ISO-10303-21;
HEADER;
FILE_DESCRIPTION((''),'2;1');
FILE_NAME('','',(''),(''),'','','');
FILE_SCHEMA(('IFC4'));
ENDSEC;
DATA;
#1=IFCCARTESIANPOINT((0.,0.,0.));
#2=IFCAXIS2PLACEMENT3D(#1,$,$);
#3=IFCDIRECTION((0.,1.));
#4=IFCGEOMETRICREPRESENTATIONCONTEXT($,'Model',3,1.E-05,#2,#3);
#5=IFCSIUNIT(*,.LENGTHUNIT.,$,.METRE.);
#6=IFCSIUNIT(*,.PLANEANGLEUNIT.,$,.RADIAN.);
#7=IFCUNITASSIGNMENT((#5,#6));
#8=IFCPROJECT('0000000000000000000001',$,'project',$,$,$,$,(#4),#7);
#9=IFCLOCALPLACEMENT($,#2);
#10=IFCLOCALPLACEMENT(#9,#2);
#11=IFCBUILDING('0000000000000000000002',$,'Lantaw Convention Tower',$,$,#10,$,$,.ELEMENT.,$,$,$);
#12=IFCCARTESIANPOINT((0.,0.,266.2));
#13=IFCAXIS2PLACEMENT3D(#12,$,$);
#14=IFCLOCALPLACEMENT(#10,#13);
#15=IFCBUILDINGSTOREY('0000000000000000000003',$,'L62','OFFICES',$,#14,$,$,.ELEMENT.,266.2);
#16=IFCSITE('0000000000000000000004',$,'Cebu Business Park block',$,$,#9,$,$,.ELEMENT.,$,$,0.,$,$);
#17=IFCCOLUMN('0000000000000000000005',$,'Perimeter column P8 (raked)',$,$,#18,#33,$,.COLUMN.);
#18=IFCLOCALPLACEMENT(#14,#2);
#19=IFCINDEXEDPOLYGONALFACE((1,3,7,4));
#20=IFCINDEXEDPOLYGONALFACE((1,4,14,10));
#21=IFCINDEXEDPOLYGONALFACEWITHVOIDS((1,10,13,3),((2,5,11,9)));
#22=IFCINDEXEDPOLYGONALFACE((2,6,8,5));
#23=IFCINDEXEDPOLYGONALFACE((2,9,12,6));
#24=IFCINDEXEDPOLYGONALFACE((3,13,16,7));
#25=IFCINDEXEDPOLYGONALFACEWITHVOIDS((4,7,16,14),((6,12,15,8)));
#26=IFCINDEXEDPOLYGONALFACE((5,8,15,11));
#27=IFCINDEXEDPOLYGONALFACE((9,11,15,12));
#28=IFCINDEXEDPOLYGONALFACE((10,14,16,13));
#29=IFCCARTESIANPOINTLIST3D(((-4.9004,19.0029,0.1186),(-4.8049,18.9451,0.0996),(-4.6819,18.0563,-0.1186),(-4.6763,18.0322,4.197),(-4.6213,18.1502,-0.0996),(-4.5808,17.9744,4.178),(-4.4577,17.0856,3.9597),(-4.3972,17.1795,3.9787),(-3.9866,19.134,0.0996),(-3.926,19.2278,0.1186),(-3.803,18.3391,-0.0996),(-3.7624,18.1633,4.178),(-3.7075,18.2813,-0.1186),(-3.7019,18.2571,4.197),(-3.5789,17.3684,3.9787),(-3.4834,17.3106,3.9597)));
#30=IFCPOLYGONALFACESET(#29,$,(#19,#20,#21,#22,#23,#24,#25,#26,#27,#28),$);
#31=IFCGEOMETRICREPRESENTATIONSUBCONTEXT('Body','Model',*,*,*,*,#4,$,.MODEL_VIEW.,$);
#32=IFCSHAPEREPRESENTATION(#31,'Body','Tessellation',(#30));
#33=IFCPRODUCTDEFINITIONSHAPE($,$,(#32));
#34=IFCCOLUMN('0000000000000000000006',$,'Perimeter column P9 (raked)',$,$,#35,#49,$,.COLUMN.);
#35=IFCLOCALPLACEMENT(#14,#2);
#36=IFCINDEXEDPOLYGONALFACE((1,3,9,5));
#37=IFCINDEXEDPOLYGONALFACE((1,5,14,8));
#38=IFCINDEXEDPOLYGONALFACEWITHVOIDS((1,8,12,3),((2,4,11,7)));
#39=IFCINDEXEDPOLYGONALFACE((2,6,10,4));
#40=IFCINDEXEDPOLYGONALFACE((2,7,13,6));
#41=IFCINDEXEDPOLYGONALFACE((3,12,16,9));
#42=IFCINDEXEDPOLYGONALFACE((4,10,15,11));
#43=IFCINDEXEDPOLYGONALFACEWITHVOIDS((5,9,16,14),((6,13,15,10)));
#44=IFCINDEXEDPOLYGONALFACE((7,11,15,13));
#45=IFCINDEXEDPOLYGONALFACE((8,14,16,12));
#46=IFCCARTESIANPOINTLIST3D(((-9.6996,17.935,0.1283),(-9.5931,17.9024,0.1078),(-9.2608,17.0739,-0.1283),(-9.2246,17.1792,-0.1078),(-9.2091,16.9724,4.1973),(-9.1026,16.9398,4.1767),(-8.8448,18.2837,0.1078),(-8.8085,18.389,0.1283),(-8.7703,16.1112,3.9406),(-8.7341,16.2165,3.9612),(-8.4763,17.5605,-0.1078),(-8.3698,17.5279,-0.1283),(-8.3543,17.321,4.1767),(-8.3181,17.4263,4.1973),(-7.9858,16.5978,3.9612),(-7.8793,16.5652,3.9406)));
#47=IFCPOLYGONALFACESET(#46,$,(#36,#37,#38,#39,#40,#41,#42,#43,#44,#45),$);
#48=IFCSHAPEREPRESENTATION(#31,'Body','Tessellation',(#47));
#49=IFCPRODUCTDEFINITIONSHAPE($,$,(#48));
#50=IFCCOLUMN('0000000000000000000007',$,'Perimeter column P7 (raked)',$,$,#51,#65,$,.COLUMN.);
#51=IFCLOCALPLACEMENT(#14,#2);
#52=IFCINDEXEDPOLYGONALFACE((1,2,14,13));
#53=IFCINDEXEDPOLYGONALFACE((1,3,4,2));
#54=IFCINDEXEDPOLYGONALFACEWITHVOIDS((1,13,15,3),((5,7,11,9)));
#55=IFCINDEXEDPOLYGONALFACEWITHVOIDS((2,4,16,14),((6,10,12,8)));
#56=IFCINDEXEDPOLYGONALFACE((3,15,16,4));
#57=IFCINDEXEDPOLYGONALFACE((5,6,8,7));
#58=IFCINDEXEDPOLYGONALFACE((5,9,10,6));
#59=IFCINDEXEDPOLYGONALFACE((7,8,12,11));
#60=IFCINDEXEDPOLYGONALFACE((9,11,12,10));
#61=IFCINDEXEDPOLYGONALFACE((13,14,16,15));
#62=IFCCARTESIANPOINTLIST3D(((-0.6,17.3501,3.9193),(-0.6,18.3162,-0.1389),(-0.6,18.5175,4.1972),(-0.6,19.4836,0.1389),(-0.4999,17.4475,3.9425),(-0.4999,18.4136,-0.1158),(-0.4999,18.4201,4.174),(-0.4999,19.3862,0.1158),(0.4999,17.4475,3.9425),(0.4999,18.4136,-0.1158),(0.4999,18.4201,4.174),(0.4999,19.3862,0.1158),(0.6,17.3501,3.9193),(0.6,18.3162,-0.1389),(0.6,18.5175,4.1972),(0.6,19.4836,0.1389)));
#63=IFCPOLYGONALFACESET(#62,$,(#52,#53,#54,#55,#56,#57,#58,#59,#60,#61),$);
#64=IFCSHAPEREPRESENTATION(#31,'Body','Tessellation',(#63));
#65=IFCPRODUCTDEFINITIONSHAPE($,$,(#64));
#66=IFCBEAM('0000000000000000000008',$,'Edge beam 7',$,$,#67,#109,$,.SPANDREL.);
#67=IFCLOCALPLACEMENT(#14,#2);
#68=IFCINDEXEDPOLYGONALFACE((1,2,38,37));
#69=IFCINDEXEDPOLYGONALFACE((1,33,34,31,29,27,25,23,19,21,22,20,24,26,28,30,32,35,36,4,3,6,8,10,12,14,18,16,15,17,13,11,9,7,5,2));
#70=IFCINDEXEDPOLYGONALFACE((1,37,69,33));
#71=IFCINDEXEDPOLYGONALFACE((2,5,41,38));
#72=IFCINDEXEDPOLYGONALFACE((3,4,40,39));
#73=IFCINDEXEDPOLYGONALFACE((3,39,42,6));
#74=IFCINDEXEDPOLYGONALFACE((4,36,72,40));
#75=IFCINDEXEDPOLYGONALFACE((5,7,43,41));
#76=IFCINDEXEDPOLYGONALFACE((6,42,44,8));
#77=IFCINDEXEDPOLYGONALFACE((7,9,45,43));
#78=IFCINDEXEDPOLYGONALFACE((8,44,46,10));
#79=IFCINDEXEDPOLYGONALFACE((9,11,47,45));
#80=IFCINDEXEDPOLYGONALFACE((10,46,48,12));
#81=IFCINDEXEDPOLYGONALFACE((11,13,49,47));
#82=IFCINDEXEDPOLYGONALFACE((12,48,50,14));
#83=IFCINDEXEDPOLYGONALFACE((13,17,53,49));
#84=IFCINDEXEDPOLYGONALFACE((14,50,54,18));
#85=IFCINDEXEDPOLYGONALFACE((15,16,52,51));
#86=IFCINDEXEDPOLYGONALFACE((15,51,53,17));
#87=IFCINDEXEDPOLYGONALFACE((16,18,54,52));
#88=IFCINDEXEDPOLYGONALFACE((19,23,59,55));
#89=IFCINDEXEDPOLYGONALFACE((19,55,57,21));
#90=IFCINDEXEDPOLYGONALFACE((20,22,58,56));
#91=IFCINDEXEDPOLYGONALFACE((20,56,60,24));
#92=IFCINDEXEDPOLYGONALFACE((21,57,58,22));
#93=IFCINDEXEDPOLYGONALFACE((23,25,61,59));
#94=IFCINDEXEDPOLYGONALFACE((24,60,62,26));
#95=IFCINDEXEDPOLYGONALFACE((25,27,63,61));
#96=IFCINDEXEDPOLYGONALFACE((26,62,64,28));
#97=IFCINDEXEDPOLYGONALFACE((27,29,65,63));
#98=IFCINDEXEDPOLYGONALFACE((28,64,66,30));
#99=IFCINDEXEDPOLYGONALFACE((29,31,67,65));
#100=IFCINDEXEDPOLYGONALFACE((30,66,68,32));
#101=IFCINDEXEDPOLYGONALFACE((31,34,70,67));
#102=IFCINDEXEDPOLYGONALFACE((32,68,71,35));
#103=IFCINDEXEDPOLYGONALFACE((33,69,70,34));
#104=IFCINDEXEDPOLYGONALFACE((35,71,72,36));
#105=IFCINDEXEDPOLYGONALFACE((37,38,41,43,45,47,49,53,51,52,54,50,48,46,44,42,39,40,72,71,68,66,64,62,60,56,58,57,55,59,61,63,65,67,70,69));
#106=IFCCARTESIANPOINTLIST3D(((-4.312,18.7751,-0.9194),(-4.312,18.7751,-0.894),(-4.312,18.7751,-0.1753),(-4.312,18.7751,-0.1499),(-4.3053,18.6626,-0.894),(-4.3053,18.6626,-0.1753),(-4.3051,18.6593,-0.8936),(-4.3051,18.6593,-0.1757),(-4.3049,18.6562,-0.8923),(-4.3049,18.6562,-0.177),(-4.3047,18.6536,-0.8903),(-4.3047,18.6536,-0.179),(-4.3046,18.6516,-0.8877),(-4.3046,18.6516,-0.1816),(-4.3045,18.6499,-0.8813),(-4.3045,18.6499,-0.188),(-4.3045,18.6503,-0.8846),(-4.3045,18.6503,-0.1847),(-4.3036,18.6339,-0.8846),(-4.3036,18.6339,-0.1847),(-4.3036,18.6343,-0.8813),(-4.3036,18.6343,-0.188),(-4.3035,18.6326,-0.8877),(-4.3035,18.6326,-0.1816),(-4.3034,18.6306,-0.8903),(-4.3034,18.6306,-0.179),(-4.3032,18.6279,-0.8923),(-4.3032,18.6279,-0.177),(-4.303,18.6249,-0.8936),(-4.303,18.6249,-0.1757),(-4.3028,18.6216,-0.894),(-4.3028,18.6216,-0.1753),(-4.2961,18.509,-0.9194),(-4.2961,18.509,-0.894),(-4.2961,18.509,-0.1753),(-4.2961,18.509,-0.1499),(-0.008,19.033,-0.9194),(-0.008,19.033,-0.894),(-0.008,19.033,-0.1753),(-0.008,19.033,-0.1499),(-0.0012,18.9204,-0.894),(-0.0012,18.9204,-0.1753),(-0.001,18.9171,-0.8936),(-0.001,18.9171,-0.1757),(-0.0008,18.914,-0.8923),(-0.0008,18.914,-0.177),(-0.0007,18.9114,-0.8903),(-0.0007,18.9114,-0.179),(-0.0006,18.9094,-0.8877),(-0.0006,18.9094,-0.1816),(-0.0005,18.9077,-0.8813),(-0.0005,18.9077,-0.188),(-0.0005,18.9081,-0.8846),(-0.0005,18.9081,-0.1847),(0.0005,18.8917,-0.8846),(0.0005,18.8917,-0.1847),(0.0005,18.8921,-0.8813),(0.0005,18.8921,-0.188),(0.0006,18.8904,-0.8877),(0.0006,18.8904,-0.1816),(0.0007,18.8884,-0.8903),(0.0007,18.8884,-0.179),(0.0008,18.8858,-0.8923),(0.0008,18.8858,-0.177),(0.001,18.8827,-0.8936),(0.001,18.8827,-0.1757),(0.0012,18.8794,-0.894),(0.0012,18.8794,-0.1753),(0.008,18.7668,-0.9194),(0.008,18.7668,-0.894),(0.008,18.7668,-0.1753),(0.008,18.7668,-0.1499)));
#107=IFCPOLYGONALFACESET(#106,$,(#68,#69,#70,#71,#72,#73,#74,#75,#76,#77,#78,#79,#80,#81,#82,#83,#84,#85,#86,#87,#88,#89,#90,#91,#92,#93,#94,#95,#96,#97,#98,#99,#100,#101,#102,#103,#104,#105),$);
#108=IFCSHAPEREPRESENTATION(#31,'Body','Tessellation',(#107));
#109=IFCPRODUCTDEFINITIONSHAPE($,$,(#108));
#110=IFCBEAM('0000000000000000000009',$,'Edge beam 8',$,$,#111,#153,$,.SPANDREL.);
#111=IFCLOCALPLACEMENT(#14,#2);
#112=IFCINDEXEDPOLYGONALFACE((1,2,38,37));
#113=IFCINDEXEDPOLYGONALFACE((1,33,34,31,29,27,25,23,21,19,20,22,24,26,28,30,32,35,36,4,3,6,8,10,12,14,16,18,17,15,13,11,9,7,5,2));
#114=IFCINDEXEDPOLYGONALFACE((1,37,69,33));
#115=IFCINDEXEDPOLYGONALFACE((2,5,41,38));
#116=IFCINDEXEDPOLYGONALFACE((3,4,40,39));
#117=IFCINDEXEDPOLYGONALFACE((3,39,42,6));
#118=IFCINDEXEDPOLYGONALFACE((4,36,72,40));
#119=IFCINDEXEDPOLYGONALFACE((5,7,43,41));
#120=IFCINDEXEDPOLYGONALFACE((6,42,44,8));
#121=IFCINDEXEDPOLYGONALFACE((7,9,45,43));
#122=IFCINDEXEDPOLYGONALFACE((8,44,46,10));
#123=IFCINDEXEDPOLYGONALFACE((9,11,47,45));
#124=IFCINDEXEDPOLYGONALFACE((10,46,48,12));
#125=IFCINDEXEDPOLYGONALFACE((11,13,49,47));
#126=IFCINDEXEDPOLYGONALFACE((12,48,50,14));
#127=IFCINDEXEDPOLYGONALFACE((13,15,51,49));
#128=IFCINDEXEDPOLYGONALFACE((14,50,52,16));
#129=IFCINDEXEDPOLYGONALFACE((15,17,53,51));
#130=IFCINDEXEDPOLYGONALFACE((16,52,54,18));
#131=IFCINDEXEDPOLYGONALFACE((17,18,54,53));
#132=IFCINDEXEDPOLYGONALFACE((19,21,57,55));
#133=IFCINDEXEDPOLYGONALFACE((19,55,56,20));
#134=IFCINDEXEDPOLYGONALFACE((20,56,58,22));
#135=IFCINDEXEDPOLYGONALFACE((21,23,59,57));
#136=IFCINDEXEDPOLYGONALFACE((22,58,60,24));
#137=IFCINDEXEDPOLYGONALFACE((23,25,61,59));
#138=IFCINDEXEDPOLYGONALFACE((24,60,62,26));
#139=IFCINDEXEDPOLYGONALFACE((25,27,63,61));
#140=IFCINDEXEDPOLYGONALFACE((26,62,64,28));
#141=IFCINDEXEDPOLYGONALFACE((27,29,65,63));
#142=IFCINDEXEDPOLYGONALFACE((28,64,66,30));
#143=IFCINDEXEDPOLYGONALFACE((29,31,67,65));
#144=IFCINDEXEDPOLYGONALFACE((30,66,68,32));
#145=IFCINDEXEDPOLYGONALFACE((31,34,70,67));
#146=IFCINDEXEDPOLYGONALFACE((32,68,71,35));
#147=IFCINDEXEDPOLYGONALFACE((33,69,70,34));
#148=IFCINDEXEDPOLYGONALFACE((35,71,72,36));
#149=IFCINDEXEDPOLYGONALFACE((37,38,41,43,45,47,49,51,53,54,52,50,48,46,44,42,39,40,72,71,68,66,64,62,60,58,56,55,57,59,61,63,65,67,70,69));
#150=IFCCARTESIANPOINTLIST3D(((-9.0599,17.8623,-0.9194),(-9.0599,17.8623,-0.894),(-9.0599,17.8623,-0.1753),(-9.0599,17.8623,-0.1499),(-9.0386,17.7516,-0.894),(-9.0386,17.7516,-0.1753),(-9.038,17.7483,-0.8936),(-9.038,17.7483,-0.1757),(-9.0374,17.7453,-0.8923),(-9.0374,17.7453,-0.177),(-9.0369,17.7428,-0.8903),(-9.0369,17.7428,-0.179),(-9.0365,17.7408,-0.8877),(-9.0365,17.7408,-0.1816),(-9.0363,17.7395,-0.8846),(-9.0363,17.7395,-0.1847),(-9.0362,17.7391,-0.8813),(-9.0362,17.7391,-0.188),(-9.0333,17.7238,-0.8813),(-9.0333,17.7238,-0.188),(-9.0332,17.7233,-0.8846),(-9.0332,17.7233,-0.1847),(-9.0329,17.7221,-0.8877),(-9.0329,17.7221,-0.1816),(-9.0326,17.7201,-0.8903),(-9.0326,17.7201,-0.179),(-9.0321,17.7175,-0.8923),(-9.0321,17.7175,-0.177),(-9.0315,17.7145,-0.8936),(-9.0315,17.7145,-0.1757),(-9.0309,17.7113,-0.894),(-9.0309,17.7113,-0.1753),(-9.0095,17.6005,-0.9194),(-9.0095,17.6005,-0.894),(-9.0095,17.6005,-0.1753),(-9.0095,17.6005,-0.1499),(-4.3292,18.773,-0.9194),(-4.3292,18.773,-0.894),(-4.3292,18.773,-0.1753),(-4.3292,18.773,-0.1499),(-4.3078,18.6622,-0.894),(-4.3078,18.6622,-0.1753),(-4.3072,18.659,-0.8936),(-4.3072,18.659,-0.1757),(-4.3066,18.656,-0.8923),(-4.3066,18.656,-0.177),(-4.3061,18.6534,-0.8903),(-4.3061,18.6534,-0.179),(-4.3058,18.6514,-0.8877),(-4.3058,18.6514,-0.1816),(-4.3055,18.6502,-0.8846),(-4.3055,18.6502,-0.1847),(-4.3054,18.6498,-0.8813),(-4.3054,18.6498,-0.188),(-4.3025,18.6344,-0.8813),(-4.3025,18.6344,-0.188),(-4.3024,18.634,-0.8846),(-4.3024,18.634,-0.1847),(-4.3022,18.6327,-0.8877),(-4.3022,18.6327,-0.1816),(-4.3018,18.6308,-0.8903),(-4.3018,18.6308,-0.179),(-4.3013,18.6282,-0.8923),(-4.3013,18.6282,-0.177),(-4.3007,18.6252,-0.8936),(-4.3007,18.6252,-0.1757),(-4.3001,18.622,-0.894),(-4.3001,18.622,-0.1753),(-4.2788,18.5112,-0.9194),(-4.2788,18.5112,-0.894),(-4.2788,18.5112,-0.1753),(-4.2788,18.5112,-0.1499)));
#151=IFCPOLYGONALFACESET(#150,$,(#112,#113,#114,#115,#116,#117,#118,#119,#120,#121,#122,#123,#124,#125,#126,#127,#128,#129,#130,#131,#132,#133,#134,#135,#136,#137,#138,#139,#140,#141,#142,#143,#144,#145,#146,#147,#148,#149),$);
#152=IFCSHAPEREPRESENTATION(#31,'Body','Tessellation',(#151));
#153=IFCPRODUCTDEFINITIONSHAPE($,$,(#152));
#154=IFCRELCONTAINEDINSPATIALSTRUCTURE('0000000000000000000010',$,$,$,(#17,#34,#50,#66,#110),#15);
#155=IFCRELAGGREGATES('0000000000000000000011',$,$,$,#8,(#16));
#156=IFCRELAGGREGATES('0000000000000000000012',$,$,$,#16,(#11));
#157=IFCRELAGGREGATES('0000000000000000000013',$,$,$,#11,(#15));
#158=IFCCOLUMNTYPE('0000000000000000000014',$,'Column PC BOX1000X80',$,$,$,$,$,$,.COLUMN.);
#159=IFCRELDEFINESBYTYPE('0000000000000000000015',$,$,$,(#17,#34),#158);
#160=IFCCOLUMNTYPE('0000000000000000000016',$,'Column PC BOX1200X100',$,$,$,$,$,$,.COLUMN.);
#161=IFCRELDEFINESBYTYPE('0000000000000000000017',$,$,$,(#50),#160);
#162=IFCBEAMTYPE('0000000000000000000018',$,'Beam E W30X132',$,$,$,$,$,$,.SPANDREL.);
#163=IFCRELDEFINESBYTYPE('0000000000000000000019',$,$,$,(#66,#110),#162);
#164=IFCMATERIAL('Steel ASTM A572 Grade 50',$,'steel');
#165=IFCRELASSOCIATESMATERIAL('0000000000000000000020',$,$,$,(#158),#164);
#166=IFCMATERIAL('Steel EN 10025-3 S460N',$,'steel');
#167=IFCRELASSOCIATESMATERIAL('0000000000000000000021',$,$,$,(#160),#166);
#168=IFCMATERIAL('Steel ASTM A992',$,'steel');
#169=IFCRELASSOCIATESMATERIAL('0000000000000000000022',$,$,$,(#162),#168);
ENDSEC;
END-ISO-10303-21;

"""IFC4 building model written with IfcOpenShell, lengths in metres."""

from ifc_helpers import new_model, si_unit, direction, frame, origin, origin_2d, place, context, subcontext, project, spatial, rectangle, hollow_rectangle, i_section, extrude, material, material_profile, profile_set, type_object, element, save


model = new_model("IFC4")

# Units and contexts
model_context = context("Model", 3, precision=1e-05, world=origin(), true_north=direction((0.0, 1.0)))
body_context = subcontext(model_context, "Body", "Model", "MODEL_VIEW")
ifc_project = project(units=[si_unit("LENGTHUNIT", "METRE"), si_unit("PLANEANGLEUNIT", "RADIAN")], contexts=[model_context])

# Site, building, storey
site_placement = place(None, origin())
site = spatial("IfcSite", under=ifc_project, at=site_placement, Name="Cebu Business Park block", CompositionType="ELEMENT", RefElevation=0.0)
building_placement = place(site_placement, origin())
building = spatial("IfcBuilding", under=site, at=building_placement, Name="Lantaw Convention Tower", CompositionType="ELEMENT")
storey_placement = place(building_placement, frame((0.0, 0.0, 266.2)))
storey = spatial("IfcBuildingStorey", under=building, at=storey_placement, Name="L62", Description="OFFICES", CompositionType="ELEMENT", Elevation=266.2)

# Columns
ifc_material_1 = material(Name="Steel ASTM A572 Grade 50", Category="steel")
ifc_material_profile_1 = material_profile(ifc_material_1, hollow_rectangle(XDim=1.0, YDim=1.0, WallThickness=0.0801, at=origin_2d()), Name="BOX1000X80")
ifc_material_2 = material(Name="Concrete C60/75", Category="concrete")
ifc_material_profile_2 = material_profile(ifc_material_2, rectangle(XDim=0.8401, YDim=0.8401, at=origin_2d()), Name="Concrete fill of BOX1000X80")
ifc_profile_set_1 = profile_set([ifc_material_profile_1, ifc_material_profile_2], Name="Steel ASTM A572 Grade 50")
column_type_1 = type_object("IfcColumnType", Name="Column PC BOX1000X80", PredefinedType="COLUMN", material=ifc_profile_set_1)
column_1_placement = place(storey_placement, frame((-4.304, 18.6421, 0.0), z_axis=(0.053384, -0.231214, 0.971437), x_axis=(0.974366, 0.224967, 0.0)))
element("IfcColumn", 1, at=column_1_placement, inside=storey, type_object=column_type_1, Name="Perimeter column P8 (raked)", PredefinedType="COLUMN", context=body_context, shape_type="SweptSolid", body=[
    extrude(hollow_rectangle(XDim=1.0, YDim=1.0, WallThickness=0.0801, at=origin_2d()), origin(), (0.0, 0.0, 1.0), 4.1982),
])
column_2_placement = place(storey_placement, frame((-9.0347, 17.7314, 0.0), z_axis=(0.116508, -0.228666, 0.966508), x_axis=(0.891012, 0.45398, 0.0)))
element("IfcColumn", 2, at=column_2_placement, inside=storey, type_object=column_type_1, Name="Perimeter column P9 (raked)", PredefinedType="COLUMN", context=body_context, shape_type="SweptSolid", body=[
    extrude(hollow_rectangle(XDim=1.0, YDim=1.0, WallThickness=0.0801, at=origin_2d()), origin(), (0.0, 0.0, 1.0), 4.21),
])
ifc_material_3 = material(Name="Steel EN 10025-3 S460N", Category="steel")
ifc_material_profile_3 = material_profile(ifc_material_3, hollow_rectangle(XDim=1.2, YDim=1.2, WallThickness=0.1001, at=origin_2d()), Name="BOX1200X100")
ifc_material_profile_4 = material_profile(ifc_material_2, rectangle(XDim=1.0, YDim=1.0, at=origin_2d()), Name="Concrete fill of BOX1200X100")
ifc_profile_set_2 = profile_set([ifc_material_profile_3, ifc_material_profile_4], Name="Steel EN 10025-3 S460N")
column_type_2 = type_object("IfcColumnType", Name="Column PC BOX1200X100", PredefinedType="COLUMN", material=ifc_profile_set_2)
column_3_placement = place(storey_placement, frame((0.0, 18.8999, 0.0), z_axis=(0.0, -0.231586, 0.972814), x_axis=(1.0, 0.0, 0.0)))
element("IfcColumn", 3, at=column_3_placement, inside=storey, type_object=column_type_2, Name="Perimeter column P7 (raked)", PredefinedType="COLUMN", context=body_context, shape_type="SweptSolid", body=[
    extrude(hollow_rectangle(XDim=1.2, YDim=1.2, WallThickness=0.1001, at=origin_2d()), origin(), (0.0, 0.0, 1.0), 4.1716),
])

# Beams
ifc_material_4 = material(Name="Steel ASTM A992", Category="steel")
ifc_material_profile_5 = material_profile(ifc_material_4, i_section(OverallWidth=0.2666, OverallDepth=0.7695, WebThickness=0.0156, FlangeThickness=0.0254, FilletRadius=0.0127, at=origin_2d()), Name="W30X132")
ifc_profile_set_3 = profile_set([ifc_material_profile_5], Name="Steel ASTM A992")
beam_type_1 = type_object("IfcBeamType", Name="Beam E W30X132", PredefinedType="SPANDREL", material=ifc_profile_set_3)
beam_1_placement = place(storey_placement, frame((0.0, 18.8999, -0.5347), z_axis=(-0.998211, -0.059794, 0.0), x_axis=(0.059794, -0.998211, 0.0)))
element("IfcBeam", 4, at=beam_1_placement, inside=storey, type_object=beam_type_1, Name="Edge beam 7", PredefinedType="SPANDREL", context=body_context, shape_type="SweptSolid", body=[
    extrude(i_section(OverallWidth=0.2666, OverallDepth=0.7695, WebThickness=0.0156, FlangeThickness=0.0254, FilletRadius=0.0127, at=origin_2d()), origin(), (0.0, 0.0, 1.0), 4.3118),
])
beam_2_placement = place(storey_placement, frame((-4.304, 18.6421, -0.5347), z_axis=(-0.981972, -0.189026, 0.0), x_axis=(0.189026, -0.981972, 0.0)))
element("IfcBeam", 5, at=beam_2_placement, inside=storey, type_object=beam_type_1, Name="Edge beam 8", PredefinedType="SPANDREL", context=body_context, shape_type="SweptSolid", body=[
    extrude(i_section(OverallWidth=0.2666, OverallDepth=0.7695, WebThickness=0.0156, FlangeThickness=0.0254, FilletRadius=0.0127, at=origin_2d()), origin(), (0.0, 0.0, 1.0), 4.8176),
])

save(model, "model.ifc")
